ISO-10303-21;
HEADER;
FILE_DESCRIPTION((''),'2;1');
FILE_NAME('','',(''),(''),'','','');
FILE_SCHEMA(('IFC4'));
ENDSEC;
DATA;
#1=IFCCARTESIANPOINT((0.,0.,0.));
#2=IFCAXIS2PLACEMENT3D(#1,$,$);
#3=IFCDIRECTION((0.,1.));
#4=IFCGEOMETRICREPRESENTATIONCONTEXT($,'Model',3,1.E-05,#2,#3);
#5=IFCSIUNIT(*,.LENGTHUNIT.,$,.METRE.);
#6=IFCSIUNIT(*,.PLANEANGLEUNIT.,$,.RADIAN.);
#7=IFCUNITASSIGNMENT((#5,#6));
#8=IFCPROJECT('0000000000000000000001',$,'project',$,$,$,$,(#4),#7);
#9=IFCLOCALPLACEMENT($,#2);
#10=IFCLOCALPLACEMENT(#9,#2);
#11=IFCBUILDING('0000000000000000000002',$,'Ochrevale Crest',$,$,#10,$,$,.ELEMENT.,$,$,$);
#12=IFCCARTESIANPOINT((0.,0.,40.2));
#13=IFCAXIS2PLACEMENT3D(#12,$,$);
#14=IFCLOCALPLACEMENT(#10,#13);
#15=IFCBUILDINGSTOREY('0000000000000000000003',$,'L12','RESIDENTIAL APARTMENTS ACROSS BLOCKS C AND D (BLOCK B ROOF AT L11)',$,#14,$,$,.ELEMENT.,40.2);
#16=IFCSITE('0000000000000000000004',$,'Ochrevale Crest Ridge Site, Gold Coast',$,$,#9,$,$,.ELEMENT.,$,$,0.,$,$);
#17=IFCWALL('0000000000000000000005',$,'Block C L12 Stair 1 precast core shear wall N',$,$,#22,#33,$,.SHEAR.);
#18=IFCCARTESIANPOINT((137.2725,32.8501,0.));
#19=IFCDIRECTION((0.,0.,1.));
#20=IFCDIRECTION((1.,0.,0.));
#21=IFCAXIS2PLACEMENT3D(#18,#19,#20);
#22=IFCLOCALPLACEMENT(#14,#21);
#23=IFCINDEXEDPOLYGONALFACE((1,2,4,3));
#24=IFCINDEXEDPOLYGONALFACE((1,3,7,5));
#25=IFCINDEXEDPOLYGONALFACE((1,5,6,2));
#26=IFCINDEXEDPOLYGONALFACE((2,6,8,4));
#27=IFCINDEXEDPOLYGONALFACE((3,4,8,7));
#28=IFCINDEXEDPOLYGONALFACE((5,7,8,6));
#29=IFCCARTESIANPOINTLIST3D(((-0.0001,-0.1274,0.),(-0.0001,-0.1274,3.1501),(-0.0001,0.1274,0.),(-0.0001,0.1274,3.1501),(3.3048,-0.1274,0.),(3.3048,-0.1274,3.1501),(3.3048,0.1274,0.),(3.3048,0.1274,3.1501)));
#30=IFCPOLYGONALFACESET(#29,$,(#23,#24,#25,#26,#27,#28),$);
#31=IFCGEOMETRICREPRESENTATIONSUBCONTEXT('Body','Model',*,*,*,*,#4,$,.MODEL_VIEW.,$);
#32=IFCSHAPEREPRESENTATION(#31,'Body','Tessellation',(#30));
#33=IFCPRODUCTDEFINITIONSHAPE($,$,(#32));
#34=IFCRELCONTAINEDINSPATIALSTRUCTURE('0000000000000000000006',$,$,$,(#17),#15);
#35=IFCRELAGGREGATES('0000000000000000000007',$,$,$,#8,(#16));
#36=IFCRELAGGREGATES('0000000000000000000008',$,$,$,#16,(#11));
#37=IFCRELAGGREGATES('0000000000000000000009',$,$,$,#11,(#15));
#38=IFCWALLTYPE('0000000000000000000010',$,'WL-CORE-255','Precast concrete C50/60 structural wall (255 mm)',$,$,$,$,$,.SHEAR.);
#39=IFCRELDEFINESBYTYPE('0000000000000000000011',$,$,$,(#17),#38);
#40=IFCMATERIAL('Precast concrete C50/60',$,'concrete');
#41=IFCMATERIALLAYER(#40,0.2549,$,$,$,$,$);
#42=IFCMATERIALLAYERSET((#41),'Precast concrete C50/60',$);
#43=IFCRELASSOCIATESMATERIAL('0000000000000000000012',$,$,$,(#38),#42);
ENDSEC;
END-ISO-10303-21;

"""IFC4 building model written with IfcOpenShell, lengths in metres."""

from ifc_helpers import new_model, si_unit, direction, frame, frame_2d, origin, place, context, subcontext, project, spatial, rectangle, extrude, material, layer, layer_set, type_object, element, save


model = new_model("IFC4")

# Units and contexts
model_context = context("Model", 3, precision=1e-05, world=origin(), true_north=direction((0.0, 1.0)))
body_context = subcontext(model_context, "Body", "Model", "MODEL_VIEW")
ifc_project = project(units=[si_unit("LENGTHUNIT", "METRE"), si_unit("PLANEANGLEUNIT", "RADIAN")], contexts=[model_context])

# Site, building, storey
site_placement = place(None, origin())
site = spatial("IfcSite", under=ifc_project, at=site_placement, Name="Ochrevale Crest Ridge Site, Gold Coast", CompositionType="ELEMENT", RefElevation=0.0)
building_placement = place(site_placement, origin())
building = spatial("IfcBuilding", under=site, at=building_placement, Name="Ochrevale Crest", CompositionType="ELEMENT")
storey_placement = place(building_placement, frame((0.0, 0.0, 40.2)))
storey = spatial("IfcBuildingStorey", under=building, at=storey_placement, Name="L12", Description="RESIDENTIAL APARTMENTS ACROSS BLOCKS C AND D (BLOCK B ROOF AT L11)", CompositionType="ELEMENT", Elevation=40.2)

# Wall
ifc_material_1 = material(Name="Precast concrete C50/60", Category="concrete")
ifc_layer_1 = layer(ifc_material_1, 0.2549)
ifc_layer_set_1 = layer_set([ifc_layer_1], Name="Precast concrete C50/60")
wall_type_1 = type_object("IfcWallType", Name="WL-CORE-255", Description="Precast concrete C50/60 structural wall (255 mm)", PredefinedType="SHEAR", material=ifc_layer_set_1)
wall_1_placement = place(storey_placement, frame((137.2725, 32.8501, 0.0), z_axis=(0.0, 0.0, 1.0), x_axis=(1.0, 0.0, 0.0)))
element("IfcWall", 1, at=wall_1_placement, inside=storey, type_object=wall_type_1, Name="Block C L12 Stair 1 precast core shear wall N", PredefinedType="SHEAR", context=body_context, shape_type="SweptSolid", body=[
    extrude(rectangle(XDim=3.3049, YDim=0.2549, at=frame_2d((1.6523, 0.0))), origin(), (0.0, 0.0, 1.0), 3.1501),
])

save(model, "model.ifc")
